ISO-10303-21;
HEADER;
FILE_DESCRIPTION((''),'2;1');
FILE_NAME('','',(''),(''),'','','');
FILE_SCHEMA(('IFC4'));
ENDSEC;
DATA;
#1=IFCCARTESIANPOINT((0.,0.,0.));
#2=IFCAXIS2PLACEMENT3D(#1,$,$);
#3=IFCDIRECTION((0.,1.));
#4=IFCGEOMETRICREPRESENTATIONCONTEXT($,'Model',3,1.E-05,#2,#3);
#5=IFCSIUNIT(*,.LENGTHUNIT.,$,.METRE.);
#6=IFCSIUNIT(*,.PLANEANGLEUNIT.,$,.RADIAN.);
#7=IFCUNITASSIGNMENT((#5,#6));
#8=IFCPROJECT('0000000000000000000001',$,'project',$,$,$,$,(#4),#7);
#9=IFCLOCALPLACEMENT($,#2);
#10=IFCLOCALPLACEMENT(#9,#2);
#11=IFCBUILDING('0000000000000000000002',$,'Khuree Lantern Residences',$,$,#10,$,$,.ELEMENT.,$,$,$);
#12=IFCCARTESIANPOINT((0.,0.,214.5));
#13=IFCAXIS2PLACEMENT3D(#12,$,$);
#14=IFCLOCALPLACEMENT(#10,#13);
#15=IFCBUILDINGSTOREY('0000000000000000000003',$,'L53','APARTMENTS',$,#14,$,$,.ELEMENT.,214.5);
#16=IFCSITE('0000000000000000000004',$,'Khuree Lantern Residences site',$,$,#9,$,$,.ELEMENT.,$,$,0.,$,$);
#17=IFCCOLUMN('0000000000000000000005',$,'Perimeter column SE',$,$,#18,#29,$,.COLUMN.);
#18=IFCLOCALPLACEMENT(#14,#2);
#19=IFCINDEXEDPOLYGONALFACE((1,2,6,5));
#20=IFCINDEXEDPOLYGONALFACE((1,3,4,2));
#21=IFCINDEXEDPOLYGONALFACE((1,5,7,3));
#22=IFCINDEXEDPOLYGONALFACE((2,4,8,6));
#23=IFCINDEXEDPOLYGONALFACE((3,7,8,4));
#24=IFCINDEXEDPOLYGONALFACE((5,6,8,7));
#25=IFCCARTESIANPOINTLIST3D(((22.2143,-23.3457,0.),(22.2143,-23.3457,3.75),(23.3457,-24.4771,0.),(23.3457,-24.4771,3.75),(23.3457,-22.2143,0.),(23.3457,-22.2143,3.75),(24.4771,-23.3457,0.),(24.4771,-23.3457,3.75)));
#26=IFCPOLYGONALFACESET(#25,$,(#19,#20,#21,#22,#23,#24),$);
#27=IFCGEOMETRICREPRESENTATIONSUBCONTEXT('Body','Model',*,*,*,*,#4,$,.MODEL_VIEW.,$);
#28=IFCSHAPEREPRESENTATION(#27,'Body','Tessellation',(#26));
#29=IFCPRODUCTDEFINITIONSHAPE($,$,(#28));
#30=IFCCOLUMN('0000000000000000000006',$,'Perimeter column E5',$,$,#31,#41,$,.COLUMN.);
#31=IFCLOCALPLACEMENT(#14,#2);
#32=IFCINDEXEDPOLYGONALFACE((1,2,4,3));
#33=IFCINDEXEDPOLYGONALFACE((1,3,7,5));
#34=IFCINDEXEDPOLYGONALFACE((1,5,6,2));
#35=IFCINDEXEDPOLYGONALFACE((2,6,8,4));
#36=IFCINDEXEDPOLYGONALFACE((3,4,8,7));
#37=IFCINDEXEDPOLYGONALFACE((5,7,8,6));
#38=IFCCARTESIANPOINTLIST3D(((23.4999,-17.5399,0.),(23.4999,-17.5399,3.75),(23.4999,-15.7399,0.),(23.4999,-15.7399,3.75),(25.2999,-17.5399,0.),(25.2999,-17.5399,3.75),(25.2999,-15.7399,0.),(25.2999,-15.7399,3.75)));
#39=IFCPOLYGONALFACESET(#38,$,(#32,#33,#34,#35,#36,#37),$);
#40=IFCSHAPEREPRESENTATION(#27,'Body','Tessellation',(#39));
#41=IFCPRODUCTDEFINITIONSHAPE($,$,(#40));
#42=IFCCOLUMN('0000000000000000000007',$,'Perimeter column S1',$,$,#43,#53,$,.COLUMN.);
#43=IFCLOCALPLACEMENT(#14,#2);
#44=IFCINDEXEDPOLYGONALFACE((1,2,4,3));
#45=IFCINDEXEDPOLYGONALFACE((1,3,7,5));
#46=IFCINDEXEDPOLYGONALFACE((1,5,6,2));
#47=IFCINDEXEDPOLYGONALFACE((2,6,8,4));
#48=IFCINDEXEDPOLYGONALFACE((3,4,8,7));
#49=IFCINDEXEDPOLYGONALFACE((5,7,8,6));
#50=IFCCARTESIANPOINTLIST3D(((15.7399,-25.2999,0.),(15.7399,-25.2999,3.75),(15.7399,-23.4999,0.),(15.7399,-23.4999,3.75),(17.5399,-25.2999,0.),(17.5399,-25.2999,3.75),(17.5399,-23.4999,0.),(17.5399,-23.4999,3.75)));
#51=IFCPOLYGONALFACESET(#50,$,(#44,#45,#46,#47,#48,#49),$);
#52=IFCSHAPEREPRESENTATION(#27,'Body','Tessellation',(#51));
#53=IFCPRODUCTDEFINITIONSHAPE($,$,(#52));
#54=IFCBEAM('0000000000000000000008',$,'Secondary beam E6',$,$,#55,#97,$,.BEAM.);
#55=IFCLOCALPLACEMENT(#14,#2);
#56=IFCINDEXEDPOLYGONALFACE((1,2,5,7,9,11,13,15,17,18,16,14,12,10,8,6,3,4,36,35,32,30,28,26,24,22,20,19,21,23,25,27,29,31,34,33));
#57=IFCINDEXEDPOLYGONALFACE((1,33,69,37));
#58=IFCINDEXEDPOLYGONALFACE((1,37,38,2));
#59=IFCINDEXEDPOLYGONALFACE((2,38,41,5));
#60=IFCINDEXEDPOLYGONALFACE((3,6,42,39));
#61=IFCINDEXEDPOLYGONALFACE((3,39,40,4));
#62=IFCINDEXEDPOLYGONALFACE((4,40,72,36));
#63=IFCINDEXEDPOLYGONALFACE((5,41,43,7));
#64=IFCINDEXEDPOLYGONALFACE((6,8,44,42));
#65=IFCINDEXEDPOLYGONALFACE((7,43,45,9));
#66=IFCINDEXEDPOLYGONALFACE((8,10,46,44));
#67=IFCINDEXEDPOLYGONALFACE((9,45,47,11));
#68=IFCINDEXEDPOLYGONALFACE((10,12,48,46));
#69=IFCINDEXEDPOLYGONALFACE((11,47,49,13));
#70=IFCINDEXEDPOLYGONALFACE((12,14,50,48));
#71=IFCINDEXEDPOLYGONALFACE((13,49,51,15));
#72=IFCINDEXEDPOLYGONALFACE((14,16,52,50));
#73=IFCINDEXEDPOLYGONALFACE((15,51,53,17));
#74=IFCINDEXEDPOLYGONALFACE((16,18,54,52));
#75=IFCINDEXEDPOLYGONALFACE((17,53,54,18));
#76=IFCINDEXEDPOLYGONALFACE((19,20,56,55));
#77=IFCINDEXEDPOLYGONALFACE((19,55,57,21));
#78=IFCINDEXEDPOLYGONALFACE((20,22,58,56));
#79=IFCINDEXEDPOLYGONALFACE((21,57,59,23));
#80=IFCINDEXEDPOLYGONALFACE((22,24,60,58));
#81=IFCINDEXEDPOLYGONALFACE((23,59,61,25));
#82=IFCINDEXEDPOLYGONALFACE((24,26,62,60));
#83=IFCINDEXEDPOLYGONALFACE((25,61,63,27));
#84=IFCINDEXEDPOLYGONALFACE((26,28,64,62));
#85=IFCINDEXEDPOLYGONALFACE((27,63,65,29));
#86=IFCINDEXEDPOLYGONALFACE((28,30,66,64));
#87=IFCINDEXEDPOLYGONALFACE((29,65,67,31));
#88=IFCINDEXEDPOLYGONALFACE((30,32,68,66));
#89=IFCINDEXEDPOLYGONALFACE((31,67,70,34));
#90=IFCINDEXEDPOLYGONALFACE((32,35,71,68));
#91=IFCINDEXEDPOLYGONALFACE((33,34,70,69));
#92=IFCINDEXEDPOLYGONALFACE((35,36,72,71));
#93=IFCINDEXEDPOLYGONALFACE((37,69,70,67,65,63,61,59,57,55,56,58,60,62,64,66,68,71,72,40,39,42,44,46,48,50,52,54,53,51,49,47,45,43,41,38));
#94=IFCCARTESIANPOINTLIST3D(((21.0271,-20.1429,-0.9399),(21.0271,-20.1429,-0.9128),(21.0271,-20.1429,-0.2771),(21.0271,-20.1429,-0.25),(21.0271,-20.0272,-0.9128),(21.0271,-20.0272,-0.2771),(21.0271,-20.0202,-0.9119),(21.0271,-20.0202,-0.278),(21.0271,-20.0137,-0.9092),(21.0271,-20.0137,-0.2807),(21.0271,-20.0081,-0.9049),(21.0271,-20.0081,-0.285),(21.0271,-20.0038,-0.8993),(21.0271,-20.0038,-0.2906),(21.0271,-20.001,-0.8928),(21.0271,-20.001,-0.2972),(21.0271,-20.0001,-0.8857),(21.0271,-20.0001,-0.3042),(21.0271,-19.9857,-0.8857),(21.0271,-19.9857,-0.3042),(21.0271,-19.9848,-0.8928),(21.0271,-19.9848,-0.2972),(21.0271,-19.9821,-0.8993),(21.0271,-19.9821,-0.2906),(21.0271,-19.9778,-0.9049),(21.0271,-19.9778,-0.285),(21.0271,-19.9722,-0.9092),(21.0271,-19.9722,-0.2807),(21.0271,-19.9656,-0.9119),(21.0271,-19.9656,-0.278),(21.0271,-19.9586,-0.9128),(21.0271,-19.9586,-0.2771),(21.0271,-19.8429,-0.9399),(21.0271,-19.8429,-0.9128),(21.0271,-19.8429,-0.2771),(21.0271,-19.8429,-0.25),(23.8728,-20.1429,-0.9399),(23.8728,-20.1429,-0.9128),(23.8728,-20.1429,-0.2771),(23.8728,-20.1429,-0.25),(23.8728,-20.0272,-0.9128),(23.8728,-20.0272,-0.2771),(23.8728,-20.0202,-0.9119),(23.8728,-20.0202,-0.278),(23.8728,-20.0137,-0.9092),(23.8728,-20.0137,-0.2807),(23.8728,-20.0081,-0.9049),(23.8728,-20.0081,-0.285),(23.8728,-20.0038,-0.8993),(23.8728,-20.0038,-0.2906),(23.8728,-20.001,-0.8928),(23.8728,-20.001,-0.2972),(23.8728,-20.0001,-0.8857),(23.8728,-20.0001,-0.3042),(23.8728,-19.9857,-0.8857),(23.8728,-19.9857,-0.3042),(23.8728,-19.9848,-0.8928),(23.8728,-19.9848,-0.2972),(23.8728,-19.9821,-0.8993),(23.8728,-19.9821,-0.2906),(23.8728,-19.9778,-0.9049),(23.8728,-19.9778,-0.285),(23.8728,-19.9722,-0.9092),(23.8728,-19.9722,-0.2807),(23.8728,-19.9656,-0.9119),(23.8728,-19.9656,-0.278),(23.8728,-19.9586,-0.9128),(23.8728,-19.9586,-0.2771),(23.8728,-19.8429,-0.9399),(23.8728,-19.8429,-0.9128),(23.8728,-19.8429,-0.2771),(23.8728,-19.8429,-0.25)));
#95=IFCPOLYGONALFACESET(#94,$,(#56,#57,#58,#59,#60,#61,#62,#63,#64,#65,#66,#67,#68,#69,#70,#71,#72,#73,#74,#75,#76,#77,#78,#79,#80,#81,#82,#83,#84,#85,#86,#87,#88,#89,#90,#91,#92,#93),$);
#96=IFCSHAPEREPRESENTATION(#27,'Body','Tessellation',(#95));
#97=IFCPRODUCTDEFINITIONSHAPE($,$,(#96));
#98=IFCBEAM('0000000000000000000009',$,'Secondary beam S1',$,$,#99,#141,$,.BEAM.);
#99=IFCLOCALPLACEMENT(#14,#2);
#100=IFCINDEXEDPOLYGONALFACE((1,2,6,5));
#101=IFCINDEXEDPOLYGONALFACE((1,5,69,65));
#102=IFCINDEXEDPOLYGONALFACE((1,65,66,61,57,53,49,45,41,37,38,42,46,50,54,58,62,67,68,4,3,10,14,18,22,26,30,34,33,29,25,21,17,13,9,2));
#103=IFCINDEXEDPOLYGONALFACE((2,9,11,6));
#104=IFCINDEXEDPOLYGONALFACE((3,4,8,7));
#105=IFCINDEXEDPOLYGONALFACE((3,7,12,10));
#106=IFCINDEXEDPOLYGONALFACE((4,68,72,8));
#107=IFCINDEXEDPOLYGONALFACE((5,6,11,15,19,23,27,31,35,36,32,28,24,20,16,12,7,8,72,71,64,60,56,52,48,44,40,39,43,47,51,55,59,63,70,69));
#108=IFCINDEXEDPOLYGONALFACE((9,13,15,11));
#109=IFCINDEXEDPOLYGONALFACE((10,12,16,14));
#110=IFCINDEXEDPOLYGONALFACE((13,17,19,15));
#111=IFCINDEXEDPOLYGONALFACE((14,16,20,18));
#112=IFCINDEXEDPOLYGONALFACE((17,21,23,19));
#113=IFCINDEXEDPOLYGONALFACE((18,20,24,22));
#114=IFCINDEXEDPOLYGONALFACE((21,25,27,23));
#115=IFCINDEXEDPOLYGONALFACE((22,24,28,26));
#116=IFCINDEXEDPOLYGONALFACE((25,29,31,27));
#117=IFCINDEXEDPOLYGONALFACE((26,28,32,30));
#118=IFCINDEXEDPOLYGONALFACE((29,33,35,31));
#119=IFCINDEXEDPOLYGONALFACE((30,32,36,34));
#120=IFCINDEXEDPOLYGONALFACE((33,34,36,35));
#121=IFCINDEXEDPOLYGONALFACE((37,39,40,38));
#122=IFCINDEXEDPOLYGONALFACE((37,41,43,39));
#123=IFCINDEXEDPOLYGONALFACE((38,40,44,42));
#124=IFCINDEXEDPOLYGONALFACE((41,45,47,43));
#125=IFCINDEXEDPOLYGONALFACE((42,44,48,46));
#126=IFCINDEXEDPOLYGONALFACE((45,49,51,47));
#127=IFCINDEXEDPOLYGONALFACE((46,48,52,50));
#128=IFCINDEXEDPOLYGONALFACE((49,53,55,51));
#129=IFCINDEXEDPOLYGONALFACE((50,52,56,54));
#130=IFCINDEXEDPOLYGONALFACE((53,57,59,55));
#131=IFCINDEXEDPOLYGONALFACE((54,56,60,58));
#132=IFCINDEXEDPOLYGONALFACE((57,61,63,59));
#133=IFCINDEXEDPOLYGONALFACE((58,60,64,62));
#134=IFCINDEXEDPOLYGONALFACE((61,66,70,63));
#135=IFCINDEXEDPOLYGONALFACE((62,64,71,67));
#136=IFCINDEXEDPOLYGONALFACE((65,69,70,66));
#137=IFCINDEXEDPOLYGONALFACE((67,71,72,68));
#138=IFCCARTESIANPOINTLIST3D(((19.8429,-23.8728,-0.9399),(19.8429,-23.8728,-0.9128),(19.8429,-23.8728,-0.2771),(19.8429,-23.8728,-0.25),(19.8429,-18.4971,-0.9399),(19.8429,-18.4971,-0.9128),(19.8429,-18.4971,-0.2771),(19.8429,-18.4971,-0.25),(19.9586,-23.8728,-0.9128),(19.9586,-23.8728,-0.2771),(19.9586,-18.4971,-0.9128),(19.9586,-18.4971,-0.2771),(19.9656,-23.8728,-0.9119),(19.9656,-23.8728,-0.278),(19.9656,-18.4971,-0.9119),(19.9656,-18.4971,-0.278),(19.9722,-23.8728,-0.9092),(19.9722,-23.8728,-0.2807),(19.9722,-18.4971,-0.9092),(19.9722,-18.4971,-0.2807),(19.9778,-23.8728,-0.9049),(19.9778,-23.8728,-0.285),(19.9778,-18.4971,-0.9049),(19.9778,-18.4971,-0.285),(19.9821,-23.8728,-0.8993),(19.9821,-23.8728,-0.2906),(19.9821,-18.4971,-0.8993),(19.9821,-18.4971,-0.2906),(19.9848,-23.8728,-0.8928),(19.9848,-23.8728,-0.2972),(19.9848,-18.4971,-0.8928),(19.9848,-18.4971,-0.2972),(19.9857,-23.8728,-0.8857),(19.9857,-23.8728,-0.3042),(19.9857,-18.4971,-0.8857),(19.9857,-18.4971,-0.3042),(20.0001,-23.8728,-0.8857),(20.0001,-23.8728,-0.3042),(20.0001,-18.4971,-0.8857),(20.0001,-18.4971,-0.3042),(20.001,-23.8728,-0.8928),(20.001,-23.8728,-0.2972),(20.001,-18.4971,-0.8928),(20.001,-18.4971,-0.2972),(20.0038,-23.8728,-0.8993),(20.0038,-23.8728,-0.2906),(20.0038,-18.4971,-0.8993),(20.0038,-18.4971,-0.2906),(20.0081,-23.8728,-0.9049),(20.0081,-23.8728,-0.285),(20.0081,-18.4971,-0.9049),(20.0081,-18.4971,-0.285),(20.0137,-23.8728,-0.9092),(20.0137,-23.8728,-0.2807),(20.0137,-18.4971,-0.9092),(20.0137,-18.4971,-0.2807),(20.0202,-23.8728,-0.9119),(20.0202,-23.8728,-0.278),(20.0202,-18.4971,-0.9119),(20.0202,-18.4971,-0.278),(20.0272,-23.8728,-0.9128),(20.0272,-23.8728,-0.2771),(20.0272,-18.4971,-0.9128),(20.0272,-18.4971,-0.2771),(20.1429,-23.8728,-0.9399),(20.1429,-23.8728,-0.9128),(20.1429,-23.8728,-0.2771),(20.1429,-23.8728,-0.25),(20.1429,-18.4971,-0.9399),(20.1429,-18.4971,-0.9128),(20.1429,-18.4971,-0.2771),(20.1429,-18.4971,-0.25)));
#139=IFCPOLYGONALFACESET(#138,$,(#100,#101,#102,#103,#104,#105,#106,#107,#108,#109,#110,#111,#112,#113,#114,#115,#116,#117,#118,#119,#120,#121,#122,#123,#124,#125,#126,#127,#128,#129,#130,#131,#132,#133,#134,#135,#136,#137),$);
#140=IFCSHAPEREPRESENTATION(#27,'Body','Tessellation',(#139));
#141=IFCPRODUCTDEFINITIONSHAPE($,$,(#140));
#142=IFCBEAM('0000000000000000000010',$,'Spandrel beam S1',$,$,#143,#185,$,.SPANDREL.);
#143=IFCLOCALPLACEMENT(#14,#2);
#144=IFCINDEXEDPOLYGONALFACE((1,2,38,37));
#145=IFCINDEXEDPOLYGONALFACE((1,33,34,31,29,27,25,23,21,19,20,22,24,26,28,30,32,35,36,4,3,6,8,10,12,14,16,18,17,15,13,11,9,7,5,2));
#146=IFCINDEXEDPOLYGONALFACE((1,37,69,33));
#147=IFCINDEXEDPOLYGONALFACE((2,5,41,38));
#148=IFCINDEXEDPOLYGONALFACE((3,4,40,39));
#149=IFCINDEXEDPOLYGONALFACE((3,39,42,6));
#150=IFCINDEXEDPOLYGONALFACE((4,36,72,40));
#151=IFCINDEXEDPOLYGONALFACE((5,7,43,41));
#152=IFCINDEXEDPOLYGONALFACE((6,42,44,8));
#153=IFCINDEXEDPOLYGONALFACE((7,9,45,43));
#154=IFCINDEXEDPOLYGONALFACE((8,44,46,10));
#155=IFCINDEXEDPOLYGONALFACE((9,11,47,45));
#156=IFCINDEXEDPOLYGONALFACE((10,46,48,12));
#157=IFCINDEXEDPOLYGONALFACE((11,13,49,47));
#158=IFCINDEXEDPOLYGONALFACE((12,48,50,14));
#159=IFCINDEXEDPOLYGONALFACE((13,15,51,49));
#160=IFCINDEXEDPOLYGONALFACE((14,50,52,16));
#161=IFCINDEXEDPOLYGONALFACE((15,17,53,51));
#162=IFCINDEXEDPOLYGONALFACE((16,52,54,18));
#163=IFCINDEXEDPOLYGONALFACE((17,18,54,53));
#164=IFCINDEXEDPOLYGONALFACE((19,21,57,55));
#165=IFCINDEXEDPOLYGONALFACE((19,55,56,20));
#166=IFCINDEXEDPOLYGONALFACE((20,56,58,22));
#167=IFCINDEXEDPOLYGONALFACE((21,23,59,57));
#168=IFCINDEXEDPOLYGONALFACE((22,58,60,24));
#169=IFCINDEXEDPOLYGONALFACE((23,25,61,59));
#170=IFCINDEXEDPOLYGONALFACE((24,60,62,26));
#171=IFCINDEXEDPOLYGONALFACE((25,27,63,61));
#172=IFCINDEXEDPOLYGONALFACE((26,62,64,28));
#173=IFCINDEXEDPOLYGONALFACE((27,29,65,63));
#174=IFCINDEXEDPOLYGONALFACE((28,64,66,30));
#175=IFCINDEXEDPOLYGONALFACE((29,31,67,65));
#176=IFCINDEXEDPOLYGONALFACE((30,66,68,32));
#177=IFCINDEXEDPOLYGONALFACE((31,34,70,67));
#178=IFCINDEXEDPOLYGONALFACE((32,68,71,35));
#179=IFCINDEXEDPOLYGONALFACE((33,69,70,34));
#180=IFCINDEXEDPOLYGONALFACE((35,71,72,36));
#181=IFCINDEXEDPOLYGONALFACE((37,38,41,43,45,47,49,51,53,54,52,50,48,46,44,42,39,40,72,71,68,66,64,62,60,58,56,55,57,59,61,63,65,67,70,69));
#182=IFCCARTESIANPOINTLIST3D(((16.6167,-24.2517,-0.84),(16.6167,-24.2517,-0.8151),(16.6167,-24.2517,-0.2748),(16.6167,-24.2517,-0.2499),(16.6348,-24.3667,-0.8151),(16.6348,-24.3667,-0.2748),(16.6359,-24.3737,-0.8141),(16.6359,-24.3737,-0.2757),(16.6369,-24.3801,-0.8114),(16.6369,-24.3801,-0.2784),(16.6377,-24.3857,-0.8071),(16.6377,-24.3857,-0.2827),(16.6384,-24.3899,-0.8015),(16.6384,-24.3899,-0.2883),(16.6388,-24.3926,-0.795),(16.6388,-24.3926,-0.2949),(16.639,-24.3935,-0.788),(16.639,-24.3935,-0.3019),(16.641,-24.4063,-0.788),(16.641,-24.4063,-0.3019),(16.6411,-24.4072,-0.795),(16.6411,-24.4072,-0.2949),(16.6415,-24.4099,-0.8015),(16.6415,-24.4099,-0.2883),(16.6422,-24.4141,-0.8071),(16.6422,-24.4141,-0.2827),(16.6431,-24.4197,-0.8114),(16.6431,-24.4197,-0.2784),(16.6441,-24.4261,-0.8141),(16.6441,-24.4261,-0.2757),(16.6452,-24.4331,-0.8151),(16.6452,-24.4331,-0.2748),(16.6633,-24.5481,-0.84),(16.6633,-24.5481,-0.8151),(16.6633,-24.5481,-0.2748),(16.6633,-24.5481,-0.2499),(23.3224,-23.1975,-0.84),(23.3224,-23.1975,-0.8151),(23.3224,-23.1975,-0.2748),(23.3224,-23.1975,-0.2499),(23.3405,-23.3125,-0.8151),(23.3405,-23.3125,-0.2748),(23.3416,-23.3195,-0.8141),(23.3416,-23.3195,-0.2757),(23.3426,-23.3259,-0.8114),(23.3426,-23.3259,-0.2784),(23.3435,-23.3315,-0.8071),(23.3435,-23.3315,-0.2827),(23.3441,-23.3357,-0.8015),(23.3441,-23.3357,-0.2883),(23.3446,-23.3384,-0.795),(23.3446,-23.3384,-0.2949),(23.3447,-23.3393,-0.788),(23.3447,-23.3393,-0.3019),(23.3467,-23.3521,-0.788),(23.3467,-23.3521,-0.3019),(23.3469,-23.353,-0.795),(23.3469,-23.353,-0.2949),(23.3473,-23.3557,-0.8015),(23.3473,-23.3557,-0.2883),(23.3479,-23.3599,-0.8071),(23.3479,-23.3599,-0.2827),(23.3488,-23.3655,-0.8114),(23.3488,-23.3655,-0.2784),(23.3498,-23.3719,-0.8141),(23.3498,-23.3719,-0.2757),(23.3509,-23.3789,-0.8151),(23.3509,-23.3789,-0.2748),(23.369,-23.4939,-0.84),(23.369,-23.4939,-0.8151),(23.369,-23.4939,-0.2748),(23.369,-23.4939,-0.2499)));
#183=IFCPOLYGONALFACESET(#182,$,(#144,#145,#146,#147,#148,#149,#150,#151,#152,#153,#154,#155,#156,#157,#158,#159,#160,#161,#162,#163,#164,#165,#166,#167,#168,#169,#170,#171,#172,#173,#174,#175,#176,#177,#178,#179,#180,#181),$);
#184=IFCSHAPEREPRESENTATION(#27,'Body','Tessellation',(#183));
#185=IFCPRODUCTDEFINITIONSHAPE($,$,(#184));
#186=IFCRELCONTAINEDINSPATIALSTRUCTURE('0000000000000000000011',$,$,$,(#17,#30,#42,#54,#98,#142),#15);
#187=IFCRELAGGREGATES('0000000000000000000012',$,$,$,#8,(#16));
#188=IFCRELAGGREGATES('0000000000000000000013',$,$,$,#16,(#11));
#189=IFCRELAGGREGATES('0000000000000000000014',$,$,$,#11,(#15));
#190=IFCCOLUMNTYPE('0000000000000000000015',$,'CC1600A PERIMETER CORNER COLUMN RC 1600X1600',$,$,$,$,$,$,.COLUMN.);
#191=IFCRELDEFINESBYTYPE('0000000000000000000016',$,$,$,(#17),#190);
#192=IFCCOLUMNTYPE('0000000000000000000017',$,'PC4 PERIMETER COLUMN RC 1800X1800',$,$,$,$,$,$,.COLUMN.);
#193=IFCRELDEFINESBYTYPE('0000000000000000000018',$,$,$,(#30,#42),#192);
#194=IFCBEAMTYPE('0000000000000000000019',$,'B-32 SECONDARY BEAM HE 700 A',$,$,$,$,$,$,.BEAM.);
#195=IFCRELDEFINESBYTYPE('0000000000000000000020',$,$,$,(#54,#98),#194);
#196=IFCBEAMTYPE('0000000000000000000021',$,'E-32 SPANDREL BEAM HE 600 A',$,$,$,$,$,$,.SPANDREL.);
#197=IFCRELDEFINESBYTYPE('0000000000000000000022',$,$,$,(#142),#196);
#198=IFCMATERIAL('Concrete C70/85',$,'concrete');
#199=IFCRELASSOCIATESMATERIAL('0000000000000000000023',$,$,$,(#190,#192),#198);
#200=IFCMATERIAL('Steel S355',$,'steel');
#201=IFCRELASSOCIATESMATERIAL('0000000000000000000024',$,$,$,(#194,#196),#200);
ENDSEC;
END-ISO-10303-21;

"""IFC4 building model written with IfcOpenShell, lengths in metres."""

from ifc_helpers import new_model, si_unit, direction, frame, origin, origin_2d, place, context, subcontext, project, spatial, rectangle, i_section, extrude, material, material_profile, profile_set, type_object, element, save


model = new_model("IFC4")

# Units and contexts
model_context = context("Model", 3, precision=1e-05, world=origin(), true_north=direction((0.0, 1.0)))
body_context = subcontext(model_context, "Body", "Model", "MODEL_VIEW")
ifc_project = project(units=[si_unit("LENGTHUNIT", "METRE"), si_unit("PLANEANGLEUNIT", "RADIAN")], contexts=[model_context])

# Site, building, storey
site_placement = place(None, origin())
site = spatial("IfcSite", under=ifc_project, at=site_placement, Name="Khuree Lantern Residences site", CompositionType="ELEMENT", RefElevation=0.0)
building_placement = place(site_placement, origin())
building = spatial("IfcBuilding", under=site, at=building_placement, Name="Khuree Lantern Residences", CompositionType="ELEMENT")
storey_placement = place(building_placement, frame((0.0, 0.0, 214.5)))
storey = spatial("IfcBuildingStorey", under=building, at=storey_placement, Name="L53", Description="APARTMENTS", CompositionType="ELEMENT", Elevation=214.5)

# Columns
ifc_material_1 = material(Name="Concrete C70/85", Category="concrete")
ifc_material_profile_1 = material_profile(ifc_material_1, rectangle(XDim=1.6001, YDim=1.6001, at=origin_2d()), Name="RC 1600X1600")
ifc_profile_set_1 = profile_set([ifc_material_profile_1], Name="Concrete C70/85")
column_type_1 = type_object("IfcColumnType", Name="CC1600A PERIMETER CORNER COLUMN RC 1600X1600", PredefinedType="COLUMN", material=ifc_profile_set_1)
column_placement = place(storey_placement, frame((23.3457, -23.3457, 0.0), z_axis=(0.0, 0.0, 1.0), x_axis=(0.707107, 0.707107, 0.0)))
element("IfcColumn", 1, at=column_placement, inside=storey, type_object=column_type_1, Name="Perimeter column SE", PredefinedType="COLUMN", context=body_context, shape_type="SweptSolid", body=[
    extrude(rectangle(XDim=1.6001, YDim=1.6001, at=origin_2d()), origin(), (0.0, 0.0, 1.0), 3.75),
])
ifc_material_profile_2 = material_profile(ifc_material_1, rectangle(XDim=1.8, YDim=1.8, at=origin_2d()), Name="RC 1800X1800")
ifc_profile_set_2 = profile_set([ifc_material_profile_2], Name="Concrete C70/85")
column_type_2 = type_object("IfcColumnType", Name="PC4 PERIMETER COLUMN RC 1800X1800", PredefinedType="COLUMN", material=ifc_profile_set_2)
for number, where, z_axis, x_axis, name in (
    (2, (24.3999, -16.6399, 0.0), (0.0, 0.0, 1.0), (0.0, 1.0, 0.0), "Perimeter column E5"),
    (3, (16.6399, -24.3999, 0.0), (0.0, 0.0, 1.0), (1.0, 0.0, 0.0), "Perimeter column S1"),
):
    element("IfcColumn", number, at=place(storey_placement, frame(where, z_axis=z_axis, x_axis=x_axis)), inside=storey, type_object=column_type_2, Name=name, PredefinedType="COLUMN", context=body_context, shape_type="SweptSolid", body=[
        extrude(rectangle(XDim=1.8, YDim=1.8, at=origin_2d()), origin(), (0.0, 0.0, 1.0), 3.75),
    ])

# Beams
ifc_material_2 = material(Name="Steel S355", Category="steel")
ifc_material_profile_3 = material_profile(ifc_material_2, i_section(OverallWidth=0.3, OverallDepth=0.6899, WebThickness=0.0144, FlangeThickness=0.0271, FilletRadius=0.0271, at=origin_2d()), Name="HE 700 A")
ifc_profile_set_3 = profile_set([ifc_material_profile_3], Name="Steel S355")
beam_type_1 = type_object("IfcBeamType", Name="B-32 SECONDARY BEAM HE 700 A", PredefinedType="BEAM", material=ifc_profile_set_3)
beam_1_placement = place(storey_placement, frame((23.8728, -19.9929, -0.595), z_axis=(-1.0, 0.0, 0.0), x_axis=(0.0, -1.0, 0.0)))
element("IfcBeam", 4, at=beam_1_placement, inside=storey, type_object=beam_type_1, Name="Secondary beam E6", PredefinedType="BEAM", context=body_context, shape_type="SweptSolid", body=[
    extrude(i_section(OverallWidth=0.3, OverallDepth=0.6899, WebThickness=0.0144, FlangeThickness=0.0271, FilletRadius=0.0271, at=origin_2d()), origin(), (0.0, 0.0, 1.0), 2.8457),
])
beam_2_placement = place(storey_placement, frame((19.9929, -23.8728, -0.595), z_axis=(0.0, 1.0, 0.0), x_axis=(-1.0, 0.0, 0.0)))
element("IfcBeam", 5, at=beam_2_placement, inside=storey, type_object=beam_type_1, Name="Secondary beam S1", PredefinedType="BEAM", context=body_context, shape_type="SweptSolid", body=[
    extrude(i_section(OverallWidth=0.3, OverallDepth=0.6899, WebThickness=0.0144, FlangeThickness=0.0271, FilletRadius=0.0271, at=origin_2d()), origin(), (0.0, 0.0, 1.0), 5.3757),
])
ifc_material_profile_4 = material_profile(ifc_material_2, i_section(OverallWidth=0.3, OverallDepth=0.5901, WebThickness=0.0129, FlangeThickness=0.0249, FilletRadius=0.0271, at=origin_2d()), Name="HE 600 A")
ifc_profile_set_4 = profile_set([ifc_material_profile_4], Name="Steel S355")
beam_type_2 = type_object("IfcBeamType", Name="E-32 SPANDREL BEAM HE 600 A", PredefinedType="SPANDREL", material=ifc_profile_set_4)
beam_3_placement = place(storey_placement, frame((23.3457, -23.3457, -0.5449), z_axis=(-0.987867, -0.1553, 0.0), x_axis=(0.1553, -0.987867, 0.0)))
element("IfcBeam", 6, at=beam_3_placement, inside=storey, type_object=beam_type_2, Name="Spandrel beam S1", PredefinedType="SPANDREL", context=body_context, shape_type="SweptSolid", body=[
    extrude(i_section(OverallWidth=0.3, OverallDepth=0.5901, WebThickness=0.0129, FlangeThickness=0.0249, FilletRadius=0.0271, at=origin_2d()), origin(), (0.0, 0.0, 1.0), 6.7881),
])

save(model, "model.ifc")
